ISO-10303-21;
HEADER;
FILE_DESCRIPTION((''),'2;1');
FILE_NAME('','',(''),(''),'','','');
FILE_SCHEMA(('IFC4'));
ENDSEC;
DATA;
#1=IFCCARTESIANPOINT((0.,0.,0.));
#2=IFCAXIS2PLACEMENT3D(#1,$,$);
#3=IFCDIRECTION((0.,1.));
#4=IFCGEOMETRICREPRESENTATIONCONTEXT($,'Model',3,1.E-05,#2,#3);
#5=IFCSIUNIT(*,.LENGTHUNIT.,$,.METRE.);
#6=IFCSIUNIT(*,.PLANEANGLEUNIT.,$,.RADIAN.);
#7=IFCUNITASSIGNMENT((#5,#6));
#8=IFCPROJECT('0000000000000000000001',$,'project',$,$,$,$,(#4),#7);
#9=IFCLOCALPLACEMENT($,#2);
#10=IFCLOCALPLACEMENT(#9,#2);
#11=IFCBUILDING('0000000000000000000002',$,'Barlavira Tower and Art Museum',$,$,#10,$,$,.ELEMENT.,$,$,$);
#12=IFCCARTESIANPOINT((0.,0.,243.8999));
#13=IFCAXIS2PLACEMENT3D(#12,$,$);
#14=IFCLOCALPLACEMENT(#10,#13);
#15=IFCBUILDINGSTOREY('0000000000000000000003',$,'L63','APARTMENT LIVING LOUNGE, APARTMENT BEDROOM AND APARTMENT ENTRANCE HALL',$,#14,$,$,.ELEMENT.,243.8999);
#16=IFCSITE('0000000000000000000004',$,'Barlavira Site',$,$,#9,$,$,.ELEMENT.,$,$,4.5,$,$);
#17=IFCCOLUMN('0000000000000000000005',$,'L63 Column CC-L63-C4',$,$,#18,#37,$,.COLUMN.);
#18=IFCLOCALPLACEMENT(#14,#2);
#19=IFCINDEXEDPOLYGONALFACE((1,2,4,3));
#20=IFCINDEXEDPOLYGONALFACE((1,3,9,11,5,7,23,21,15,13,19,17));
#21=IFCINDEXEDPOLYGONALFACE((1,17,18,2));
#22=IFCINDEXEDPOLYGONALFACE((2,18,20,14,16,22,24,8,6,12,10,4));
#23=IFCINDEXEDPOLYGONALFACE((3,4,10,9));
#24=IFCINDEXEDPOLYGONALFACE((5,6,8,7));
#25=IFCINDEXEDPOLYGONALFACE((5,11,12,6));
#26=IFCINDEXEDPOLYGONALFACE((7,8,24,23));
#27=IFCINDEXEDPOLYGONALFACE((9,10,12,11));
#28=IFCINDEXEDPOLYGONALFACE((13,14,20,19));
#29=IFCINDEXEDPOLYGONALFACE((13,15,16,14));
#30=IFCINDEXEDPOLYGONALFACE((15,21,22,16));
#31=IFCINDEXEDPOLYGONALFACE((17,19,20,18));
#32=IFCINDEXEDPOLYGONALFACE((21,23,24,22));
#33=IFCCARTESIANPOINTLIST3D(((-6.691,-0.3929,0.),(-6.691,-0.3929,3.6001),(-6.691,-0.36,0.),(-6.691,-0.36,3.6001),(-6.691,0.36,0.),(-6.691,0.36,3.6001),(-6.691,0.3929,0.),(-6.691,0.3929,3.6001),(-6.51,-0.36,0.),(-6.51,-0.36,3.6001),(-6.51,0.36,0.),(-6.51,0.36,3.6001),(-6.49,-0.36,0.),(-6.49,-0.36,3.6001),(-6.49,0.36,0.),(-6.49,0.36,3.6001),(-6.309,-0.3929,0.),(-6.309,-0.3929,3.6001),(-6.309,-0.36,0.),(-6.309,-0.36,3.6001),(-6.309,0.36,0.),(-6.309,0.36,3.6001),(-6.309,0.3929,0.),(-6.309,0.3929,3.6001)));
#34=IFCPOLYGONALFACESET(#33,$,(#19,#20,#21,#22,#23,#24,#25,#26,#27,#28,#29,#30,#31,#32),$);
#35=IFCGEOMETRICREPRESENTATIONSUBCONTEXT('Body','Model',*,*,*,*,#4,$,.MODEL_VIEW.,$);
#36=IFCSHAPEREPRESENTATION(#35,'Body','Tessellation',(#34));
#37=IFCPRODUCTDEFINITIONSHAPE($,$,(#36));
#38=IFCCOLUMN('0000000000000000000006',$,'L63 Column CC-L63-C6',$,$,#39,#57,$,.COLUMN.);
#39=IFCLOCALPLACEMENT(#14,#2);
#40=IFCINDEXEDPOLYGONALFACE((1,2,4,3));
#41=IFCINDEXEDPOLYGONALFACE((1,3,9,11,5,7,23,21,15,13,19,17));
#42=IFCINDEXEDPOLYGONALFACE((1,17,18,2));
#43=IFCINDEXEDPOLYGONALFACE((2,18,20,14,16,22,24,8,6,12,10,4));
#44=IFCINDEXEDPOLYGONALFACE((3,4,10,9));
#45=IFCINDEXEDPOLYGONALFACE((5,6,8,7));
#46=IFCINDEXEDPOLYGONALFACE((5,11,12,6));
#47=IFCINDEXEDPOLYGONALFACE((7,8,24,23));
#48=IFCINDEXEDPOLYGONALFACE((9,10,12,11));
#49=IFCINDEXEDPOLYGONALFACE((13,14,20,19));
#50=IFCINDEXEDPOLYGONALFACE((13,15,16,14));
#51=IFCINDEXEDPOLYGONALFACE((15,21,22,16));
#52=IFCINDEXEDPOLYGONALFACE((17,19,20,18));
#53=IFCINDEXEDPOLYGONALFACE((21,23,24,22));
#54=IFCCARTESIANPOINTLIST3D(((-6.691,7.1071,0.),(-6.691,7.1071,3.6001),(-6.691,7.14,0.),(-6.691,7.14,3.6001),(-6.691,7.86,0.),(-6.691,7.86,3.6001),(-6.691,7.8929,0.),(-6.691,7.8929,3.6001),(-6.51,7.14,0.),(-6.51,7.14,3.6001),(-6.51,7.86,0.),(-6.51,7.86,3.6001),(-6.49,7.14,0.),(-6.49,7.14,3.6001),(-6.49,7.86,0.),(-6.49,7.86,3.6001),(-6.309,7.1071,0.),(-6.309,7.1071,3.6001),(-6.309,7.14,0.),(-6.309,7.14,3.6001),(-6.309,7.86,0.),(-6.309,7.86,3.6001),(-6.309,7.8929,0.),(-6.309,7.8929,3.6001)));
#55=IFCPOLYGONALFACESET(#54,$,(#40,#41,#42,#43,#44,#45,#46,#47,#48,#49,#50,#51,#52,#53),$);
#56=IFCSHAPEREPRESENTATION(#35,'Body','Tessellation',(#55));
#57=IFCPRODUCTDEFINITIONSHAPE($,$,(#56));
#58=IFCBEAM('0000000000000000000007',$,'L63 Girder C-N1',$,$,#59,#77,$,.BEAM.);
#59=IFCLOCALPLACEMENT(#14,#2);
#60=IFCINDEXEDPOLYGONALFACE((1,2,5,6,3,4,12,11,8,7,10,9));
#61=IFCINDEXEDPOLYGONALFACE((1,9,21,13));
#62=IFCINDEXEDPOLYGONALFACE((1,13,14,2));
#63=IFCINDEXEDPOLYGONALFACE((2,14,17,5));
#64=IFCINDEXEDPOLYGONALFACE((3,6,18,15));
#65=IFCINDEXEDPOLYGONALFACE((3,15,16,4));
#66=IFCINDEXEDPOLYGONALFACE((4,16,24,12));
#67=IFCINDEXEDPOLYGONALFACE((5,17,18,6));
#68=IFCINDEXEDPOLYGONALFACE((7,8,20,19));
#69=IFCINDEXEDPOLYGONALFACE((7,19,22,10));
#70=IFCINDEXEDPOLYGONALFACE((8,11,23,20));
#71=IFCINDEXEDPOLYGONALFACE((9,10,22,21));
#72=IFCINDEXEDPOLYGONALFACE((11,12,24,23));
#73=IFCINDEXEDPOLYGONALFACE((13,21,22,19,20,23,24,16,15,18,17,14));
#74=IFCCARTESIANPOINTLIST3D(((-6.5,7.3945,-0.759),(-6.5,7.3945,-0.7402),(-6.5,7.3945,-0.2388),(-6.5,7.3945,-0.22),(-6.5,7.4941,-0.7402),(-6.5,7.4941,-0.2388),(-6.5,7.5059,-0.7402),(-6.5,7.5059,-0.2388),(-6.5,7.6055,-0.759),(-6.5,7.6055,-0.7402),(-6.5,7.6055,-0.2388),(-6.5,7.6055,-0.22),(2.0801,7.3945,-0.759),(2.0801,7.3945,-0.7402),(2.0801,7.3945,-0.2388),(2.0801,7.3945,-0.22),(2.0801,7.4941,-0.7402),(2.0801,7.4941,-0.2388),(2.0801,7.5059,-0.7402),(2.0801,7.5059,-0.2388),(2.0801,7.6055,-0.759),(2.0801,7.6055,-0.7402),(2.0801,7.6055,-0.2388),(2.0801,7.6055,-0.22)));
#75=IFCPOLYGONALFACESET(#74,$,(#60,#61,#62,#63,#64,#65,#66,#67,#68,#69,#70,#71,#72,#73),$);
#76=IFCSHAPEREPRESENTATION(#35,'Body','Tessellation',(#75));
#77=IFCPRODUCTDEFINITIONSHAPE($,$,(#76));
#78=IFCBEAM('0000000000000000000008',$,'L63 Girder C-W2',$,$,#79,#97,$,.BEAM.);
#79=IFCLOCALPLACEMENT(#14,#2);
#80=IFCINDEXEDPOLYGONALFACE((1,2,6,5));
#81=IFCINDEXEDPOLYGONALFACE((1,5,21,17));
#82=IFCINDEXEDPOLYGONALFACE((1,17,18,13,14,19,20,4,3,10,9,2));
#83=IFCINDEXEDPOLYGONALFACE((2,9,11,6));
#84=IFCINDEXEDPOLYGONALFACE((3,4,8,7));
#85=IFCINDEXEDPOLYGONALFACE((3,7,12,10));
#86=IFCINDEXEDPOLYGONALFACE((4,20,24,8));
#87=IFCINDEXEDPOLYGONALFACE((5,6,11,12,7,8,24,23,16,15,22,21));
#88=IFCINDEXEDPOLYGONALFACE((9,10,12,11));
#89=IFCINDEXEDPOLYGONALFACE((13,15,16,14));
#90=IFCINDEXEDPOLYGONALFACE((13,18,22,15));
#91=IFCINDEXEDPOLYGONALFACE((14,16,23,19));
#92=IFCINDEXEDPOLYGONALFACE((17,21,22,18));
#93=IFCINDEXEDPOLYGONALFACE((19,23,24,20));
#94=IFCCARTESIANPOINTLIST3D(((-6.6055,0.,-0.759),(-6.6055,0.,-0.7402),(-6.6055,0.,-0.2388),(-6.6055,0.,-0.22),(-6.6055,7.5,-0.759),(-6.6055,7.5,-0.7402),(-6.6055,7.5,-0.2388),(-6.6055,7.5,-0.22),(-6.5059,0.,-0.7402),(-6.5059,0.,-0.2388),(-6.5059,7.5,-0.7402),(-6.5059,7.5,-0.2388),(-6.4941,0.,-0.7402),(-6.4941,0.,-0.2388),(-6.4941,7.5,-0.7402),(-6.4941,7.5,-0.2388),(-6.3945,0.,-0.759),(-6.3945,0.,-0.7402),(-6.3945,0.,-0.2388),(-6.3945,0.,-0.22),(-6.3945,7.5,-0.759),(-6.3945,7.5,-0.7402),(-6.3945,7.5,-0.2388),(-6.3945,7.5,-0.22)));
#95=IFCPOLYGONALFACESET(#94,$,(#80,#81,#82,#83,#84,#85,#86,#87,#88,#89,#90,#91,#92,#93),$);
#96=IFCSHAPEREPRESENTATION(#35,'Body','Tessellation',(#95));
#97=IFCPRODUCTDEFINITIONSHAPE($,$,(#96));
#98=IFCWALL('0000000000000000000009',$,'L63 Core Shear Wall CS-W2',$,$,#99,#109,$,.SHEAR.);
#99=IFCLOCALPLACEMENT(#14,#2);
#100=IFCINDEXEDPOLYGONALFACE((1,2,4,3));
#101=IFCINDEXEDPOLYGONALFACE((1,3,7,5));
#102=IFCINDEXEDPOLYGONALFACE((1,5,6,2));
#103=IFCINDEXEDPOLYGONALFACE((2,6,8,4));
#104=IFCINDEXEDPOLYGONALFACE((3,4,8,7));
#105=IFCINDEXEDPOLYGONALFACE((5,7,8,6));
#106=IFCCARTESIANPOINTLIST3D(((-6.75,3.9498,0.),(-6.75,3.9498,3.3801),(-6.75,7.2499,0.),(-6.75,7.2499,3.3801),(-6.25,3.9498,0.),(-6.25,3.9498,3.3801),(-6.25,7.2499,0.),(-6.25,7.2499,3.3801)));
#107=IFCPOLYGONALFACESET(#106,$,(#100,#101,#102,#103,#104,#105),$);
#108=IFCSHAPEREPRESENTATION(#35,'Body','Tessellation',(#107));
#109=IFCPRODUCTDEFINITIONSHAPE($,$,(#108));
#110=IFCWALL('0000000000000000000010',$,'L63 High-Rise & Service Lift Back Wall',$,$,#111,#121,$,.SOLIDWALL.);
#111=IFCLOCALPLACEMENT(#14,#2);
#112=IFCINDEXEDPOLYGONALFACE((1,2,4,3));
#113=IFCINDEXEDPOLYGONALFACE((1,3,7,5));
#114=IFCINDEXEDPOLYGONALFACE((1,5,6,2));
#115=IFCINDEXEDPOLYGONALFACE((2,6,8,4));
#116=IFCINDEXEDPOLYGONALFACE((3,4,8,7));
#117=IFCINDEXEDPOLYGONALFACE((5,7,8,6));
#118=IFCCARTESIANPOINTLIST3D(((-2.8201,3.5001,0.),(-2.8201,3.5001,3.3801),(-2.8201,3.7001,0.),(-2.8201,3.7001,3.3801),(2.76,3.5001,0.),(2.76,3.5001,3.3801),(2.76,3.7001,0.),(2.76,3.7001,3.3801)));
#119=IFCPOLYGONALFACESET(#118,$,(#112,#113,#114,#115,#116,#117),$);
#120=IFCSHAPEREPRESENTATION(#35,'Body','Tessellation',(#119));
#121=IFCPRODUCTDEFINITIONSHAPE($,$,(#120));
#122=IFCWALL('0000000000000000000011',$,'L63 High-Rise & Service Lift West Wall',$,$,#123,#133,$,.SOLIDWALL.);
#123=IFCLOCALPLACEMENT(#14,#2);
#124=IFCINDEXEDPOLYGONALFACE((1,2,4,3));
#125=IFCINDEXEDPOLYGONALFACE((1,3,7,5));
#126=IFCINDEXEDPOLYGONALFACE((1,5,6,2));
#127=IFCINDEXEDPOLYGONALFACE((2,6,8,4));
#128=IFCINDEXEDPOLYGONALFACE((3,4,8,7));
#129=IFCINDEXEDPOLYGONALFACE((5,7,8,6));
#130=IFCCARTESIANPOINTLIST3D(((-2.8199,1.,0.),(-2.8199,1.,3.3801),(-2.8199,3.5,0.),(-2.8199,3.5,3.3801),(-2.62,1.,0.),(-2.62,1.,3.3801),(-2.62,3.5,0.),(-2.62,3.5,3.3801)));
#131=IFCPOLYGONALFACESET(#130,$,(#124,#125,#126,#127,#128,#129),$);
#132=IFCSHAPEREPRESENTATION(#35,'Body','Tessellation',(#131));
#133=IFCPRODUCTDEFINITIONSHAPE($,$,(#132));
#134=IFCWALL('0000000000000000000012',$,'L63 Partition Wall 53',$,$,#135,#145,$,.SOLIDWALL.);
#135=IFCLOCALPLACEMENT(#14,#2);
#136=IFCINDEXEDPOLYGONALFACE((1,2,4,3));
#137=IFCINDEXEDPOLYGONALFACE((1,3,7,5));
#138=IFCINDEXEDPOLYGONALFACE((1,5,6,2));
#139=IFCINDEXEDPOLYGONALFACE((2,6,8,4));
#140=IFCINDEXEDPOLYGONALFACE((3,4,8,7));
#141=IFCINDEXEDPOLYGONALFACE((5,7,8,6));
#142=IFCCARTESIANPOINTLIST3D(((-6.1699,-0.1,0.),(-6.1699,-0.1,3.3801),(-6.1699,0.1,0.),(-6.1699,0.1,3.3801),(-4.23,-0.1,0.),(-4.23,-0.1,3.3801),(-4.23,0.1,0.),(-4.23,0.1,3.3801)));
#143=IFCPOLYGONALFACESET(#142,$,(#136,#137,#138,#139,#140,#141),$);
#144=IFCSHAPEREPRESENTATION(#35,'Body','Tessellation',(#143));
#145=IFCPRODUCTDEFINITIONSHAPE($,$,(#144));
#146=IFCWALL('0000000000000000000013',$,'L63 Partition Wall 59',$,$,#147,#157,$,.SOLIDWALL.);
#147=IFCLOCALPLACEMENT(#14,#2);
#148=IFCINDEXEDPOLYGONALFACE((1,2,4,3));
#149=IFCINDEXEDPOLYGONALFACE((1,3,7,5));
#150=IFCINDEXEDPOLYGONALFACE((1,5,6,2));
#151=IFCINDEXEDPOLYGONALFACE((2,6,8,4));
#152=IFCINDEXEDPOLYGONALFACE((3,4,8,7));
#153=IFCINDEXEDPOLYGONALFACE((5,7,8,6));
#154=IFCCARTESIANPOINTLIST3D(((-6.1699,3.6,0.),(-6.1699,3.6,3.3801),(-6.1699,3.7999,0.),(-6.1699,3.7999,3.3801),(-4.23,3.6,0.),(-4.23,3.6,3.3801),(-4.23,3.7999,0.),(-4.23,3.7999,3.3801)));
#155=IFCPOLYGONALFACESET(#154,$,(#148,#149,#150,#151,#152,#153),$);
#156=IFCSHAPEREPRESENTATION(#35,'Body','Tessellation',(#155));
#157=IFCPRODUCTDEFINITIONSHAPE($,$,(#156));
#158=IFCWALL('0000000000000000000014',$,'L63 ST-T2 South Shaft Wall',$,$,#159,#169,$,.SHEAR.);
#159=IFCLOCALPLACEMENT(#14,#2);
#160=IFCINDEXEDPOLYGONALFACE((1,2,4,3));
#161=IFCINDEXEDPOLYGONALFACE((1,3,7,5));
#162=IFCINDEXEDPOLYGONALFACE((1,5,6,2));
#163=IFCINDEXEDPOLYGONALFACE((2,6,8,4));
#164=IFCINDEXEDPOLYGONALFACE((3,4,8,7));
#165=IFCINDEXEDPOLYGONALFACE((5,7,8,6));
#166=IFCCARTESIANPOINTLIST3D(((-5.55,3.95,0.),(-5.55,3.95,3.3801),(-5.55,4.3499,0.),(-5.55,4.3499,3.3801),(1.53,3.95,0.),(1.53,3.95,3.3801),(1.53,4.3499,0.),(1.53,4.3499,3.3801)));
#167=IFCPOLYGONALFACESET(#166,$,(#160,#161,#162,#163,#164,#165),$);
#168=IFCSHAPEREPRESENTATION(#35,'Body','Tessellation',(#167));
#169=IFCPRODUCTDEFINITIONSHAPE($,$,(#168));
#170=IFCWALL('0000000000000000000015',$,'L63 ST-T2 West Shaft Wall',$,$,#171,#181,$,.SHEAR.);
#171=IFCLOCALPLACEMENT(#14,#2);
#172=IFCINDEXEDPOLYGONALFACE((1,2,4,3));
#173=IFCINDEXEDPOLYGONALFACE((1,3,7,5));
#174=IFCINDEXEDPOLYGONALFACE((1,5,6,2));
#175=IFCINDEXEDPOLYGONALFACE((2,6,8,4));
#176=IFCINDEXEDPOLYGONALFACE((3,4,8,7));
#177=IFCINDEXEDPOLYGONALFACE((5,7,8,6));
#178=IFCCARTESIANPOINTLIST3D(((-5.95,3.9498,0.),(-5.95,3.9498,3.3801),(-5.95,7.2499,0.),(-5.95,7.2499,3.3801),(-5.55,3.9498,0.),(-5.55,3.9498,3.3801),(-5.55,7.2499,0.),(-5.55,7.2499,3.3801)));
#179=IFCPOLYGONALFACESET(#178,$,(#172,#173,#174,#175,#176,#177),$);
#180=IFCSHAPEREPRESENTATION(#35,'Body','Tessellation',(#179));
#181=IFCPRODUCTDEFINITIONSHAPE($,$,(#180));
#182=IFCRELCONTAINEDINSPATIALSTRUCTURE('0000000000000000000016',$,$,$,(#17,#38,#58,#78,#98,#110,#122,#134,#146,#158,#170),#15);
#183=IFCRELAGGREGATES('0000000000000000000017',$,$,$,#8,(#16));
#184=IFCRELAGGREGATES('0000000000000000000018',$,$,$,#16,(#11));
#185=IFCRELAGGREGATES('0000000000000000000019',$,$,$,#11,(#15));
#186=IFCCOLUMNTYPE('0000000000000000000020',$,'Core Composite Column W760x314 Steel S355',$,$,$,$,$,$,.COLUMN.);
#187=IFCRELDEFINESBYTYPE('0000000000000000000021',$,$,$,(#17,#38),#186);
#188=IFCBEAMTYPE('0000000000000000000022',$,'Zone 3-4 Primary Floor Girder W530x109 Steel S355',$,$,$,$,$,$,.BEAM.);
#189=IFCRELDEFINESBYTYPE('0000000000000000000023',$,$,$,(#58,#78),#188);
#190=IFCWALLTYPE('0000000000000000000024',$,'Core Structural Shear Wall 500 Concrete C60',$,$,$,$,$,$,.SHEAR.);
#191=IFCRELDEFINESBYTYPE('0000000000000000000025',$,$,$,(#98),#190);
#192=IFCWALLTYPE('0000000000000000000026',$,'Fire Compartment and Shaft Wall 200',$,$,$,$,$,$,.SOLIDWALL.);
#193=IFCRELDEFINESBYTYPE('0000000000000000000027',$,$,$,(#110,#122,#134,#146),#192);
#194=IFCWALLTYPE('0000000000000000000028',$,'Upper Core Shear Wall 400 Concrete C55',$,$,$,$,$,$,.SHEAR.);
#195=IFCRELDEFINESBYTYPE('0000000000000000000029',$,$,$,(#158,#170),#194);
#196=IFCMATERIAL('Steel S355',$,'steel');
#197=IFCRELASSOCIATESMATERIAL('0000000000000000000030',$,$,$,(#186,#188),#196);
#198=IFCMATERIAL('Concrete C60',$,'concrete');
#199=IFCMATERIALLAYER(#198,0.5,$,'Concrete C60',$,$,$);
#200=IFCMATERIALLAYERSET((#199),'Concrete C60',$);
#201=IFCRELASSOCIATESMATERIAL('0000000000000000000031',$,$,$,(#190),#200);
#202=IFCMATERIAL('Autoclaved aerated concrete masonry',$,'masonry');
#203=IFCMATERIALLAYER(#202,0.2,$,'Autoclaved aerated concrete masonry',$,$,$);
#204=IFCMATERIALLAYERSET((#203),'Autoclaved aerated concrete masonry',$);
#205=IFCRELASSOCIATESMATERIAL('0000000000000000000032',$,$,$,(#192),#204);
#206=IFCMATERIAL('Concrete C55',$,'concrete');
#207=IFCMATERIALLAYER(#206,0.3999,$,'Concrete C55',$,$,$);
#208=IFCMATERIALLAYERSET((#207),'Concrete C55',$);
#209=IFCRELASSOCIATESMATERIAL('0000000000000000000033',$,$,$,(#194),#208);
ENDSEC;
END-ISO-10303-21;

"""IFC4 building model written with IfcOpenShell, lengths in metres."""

from ifc_helpers import new_model, si_unit, direction, frame, frame_2d, origin, origin_2d, place, context, subcontext, project, spatial, rectangle, i_section, extrude, material, layer, layer_set, material_profile, profile_set, type_object, element, save


model = new_model("IFC4")

# Units and contexts
model_context = context("Model", 3, precision=1e-05, world=origin(), true_north=direction((0.0, 1.0)))
body_context = subcontext(model_context, "Body", "Model", "MODEL_VIEW")
ifc_project = project(units=[si_unit("LENGTHUNIT", "METRE"), si_unit("PLANEANGLEUNIT", "RADIAN")], contexts=[model_context])

# Site, building, storey
site_placement = place(None, origin())
site = spatial("IfcSite", under=ifc_project, at=site_placement, Name="Barlavira Site", CompositionType="ELEMENT", RefElevation=4.5)
building_placement = place(site_placement, origin())
building = spatial("IfcBuilding", under=site, at=building_placement, Name="Barlavira Tower and Art Museum", CompositionType="ELEMENT")
storey_placement = place(building_placement, frame((0.0, 0.0, 243.8999)))
storey = spatial("IfcBuildingStorey", under=building, at=storey_placement, Name="L63", Description="APARTMENT LIVING LOUNGE, APARTMENT BEDROOM AND APARTMENT ENTRANCE HALL", CompositionType="ELEMENT", Elevation=243.8999)

# Columns
ifc_material_1 = material(Name="Steel S355", Category="steel")
ifc_material_profile_1 = material_profile(ifc_material_1, i_section(OverallWidth=0.3821, OverallDepth=0.7859, WebThickness=0.02, FlangeThickness=0.033, at=origin_2d()), Name="W760x314.0")
ifc_profile_set_1 = profile_set([ifc_material_profile_1], Name="Steel S355")
column_type = type_object("IfcColumnType", Name="Core Composite Column W760x314 Steel S355", PredefinedType="COLUMN", material=ifc_profile_set_1)
for number, where, z_axis, x_axis, name in (
    (1, (-6.5, 0.0, 0.0), (0.0, 0.0, 1.0), (1.0, 0.0, 0.0), "L63 Column CC-L63-C4"),
    (2, (-6.5, 7.5, 0.0), (0.0, 0.0, 1.0), (1.0, 0.0, 0.0), "L63 Column CC-L63-C6"),
):
    element("IfcColumn", number, at=place(storey_placement, frame(where, z_axis=z_axis, x_axis=x_axis)), inside=storey, type_object=column_type, Name=name, PredefinedType="COLUMN", context=body_context, shape_type="SweptSolid", body=[
        extrude(i_section(OverallWidth=0.3821, OverallDepth=0.7859, WebThickness=0.02, FlangeThickness=0.033, at=origin_2d()), origin(), (0.0, 0.0, 1.0), 3.6001),
    ])

# Beams
ifc_material_profile_2 = material_profile(ifc_material_1, i_section(OverallWidth=0.2109, OverallDepth=0.5391, WebThickness=0.0117, FlangeThickness=0.0188, at=origin_2d()), Name="W530x109.0")
ifc_profile_set_2 = profile_set([ifc_material_profile_2], Name="Steel S355")
beam_type = type_object("IfcBeamType", Name="Zone 3-4 Primary Floor Girder W530x109 Steel S355", PredefinedType="BEAM", material=ifc_profile_set_2)
beam_1_placement = place(storey_placement, frame((-6.5, 7.5, -0.4895), z_axis=(1.0, 0.0, 0.0), x_axis=(0.0, 1.0, 0.0)))
element("IfcBeam", 3, at=beam_1_placement, inside=storey, type_object=beam_type, Name="L63 Girder C-N1", PredefinedType="BEAM", context=body_context, shape_type="SweptSolid", body=[
    extrude(i_section(OverallWidth=0.2109, OverallDepth=0.5391, WebThickness=0.0117, FlangeThickness=0.0188, at=origin_2d()), origin(), (0.0, 0.0, 1.0), 8.5801),
])
beam_2_placement = place(storey_placement, frame((-6.5, 0.0, -0.4895), z_axis=(0.0, 1.0, 0.0), x_axis=(-1.0, 0.0, 0.0)))
element("IfcBeam", 4, at=beam_2_placement, inside=storey, type_object=beam_type, Name="L63 Girder C-W2", PredefinedType="BEAM", context=body_context, shape_type="SweptSolid", body=[
    extrude(i_section(OverallWidth=0.2109, OverallDepth=0.5391, WebThickness=0.0117, FlangeThickness=0.0188, at=origin_2d()), origin(), (0.0, 0.0, 1.0), 7.5),
])

# Shared definitions
ifc_material_2 = material(Name="Concrete C60", Category="concrete")
ifc_layer_1 = layer(ifc_material_2, 0.5, Name="Concrete C60")
ifc_layer_set_1 = layer_set([ifc_layer_1], Name="Concrete C60")
wall_type_1 = type_object("IfcWallType", Name="Core Structural Shear Wall 500 Concrete C60", PredefinedType="SHEAR", material=ifc_layer_set_1)

# Wall
wall_1_placement = place(storey_placement, frame((-6.5, 3.95, 0.0), z_axis=(0.0, 0.0, 1.0), x_axis=(0.0, 1.0, 0.0)))
element("IfcWall", 5, at=wall_1_placement, inside=storey, type_object=wall_type_1, Name="L63 Core Shear Wall CS-W2", PredefinedType="SHEAR", context=body_context, shape_type="SweptSolid", body=[
    extrude(rectangle(XDim=3.3, YDim=0.5, at=frame_2d((1.6499, 0.0))), origin(), (0.0, 0.0, 1.0), 3.3801),
])

# Shared definitions
ifc_material_3 = material(Name="Autoclaved aerated concrete masonry", Category="masonry")
ifc_layer_2 = layer(ifc_material_3, 0.2, Name="Autoclaved aerated concrete masonry")
ifc_layer_set_2 = layer_set([ifc_layer_2], Name="Autoclaved aerated concrete masonry")
wall_type_2 = type_object("IfcWallType", Name="Fire Compartment and Shaft Wall 200", PredefinedType="SOLIDWALL", material=ifc_layer_set_2)

# Walls
wall_2_placement = place(storey_placement, frame((-2.8201, 3.6001, 0.0), z_axis=(0.0, 0.0, 1.0), x_axis=(1.0, 0.0, 0.0)))
element("IfcWall", 6, at=wall_2_placement, inside=storey, type_object=wall_type_2, Name="L63 High-Rise & Service Lift Back Wall", PredefinedType="SOLIDWALL", context=body_context, shape_type="SweptSolid", body=[
    extrude(rectangle(XDim=5.5801, YDim=0.2, at=frame_2d((2.79, 0.0))), origin(), (0.0, 0.0, 1.0), 3.3801),
])
wall_3_placement = place(storey_placement, frame((-2.72, 1.0, 0.0), z_axis=(0.0, 0.0, 1.0), x_axis=(0.0, 1.0, 0.0)))
element("IfcWall", 7, at=wall_3_placement, inside=storey, type_object=wall_type_2, Name="L63 High-Rise & Service Lift West Wall", PredefinedType="SOLIDWALL", context=body_context, shape_type="SweptSolid", body=[
    extrude(rectangle(XDim=2.5, YDim=0.2, at=frame_2d((1.25, 0.0))), origin(), (0.0, 0.0, 1.0), 3.3801),
])
for number, where, z_axis, x_axis, name in (
    (8, (-6.1699, 0.0, 0.0), (0.0, 0.0, 1.0), (1.0, 0.0, 0.0), "L63 Partition Wall 53"),
    (9, (-6.1699, 3.7, 0.0), (0.0, 0.0, 1.0), (1.0, 0.0, 0.0), "L63 Partition Wall 59"),
):
    element("IfcWall", number, at=place(storey_placement, frame(where, z_axis=z_axis, x_axis=x_axis)), inside=storey, type_object=wall_type_2, Name=name, PredefinedType="SOLIDWALL", context=body_context, shape_type="SweptSolid", body=[
        extrude(rectangle(XDim=1.9399, YDim=0.2, at=frame_2d((0.97, 0.0))), origin(), (0.0, 0.0, 1.0), 3.3801),
    ])
ifc_material_4 = material(Name="Concrete C55", Category="concrete")
ifc_layer_3 = layer(ifc_material_4, 0.3999, Name="Concrete C55")
ifc_layer_set_3 = layer_set([ifc_layer_3], Name="Concrete C55")
wall_type_3 = type_object("IfcWallType", Name="Upper Core Shear Wall 400 Concrete C55", PredefinedType="SHEAR", material=ifc_layer_set_3)
wall_4_placement = place(storey_placement, frame((-5.55, 4.1499, 0.0), z_axis=(0.0, 0.0, 1.0), x_axis=(1.0, 0.0, 0.0)))
element("IfcWall", 10, at=wall_4_placement, inside=storey, type_object=wall_type_3, Name="L63 ST-T2 South Shaft Wall", PredefinedType="SHEAR", context=body_context, shape_type="SweptSolid", body=[
    extrude(rectangle(XDim=7.0801, YDim=0.3999, at=frame_2d((3.54, 0.0))), origin(), (0.0, 0.0, 1.0), 3.3801),
])
wall_5_placement = place(storey_placement, frame((-5.75, 3.95, 0.0), z_axis=(0.0, 0.0, 1.0), x_axis=(0.0, 1.0, 0.0)))
element("IfcWall", 11, at=wall_5_placement, inside=storey, type_object=wall_type_3, Name="L63 ST-T2 West Shaft Wall", PredefinedType="SHEAR", context=body_context, shape_type="SweptSolid", body=[
    extrude(rectangle(XDim=3.3, YDim=0.3999, at=frame_2d((1.6499, 0.0))), origin(), (0.0, 0.0, 1.0), 3.3801),
])

save(model, "model.ifc")
